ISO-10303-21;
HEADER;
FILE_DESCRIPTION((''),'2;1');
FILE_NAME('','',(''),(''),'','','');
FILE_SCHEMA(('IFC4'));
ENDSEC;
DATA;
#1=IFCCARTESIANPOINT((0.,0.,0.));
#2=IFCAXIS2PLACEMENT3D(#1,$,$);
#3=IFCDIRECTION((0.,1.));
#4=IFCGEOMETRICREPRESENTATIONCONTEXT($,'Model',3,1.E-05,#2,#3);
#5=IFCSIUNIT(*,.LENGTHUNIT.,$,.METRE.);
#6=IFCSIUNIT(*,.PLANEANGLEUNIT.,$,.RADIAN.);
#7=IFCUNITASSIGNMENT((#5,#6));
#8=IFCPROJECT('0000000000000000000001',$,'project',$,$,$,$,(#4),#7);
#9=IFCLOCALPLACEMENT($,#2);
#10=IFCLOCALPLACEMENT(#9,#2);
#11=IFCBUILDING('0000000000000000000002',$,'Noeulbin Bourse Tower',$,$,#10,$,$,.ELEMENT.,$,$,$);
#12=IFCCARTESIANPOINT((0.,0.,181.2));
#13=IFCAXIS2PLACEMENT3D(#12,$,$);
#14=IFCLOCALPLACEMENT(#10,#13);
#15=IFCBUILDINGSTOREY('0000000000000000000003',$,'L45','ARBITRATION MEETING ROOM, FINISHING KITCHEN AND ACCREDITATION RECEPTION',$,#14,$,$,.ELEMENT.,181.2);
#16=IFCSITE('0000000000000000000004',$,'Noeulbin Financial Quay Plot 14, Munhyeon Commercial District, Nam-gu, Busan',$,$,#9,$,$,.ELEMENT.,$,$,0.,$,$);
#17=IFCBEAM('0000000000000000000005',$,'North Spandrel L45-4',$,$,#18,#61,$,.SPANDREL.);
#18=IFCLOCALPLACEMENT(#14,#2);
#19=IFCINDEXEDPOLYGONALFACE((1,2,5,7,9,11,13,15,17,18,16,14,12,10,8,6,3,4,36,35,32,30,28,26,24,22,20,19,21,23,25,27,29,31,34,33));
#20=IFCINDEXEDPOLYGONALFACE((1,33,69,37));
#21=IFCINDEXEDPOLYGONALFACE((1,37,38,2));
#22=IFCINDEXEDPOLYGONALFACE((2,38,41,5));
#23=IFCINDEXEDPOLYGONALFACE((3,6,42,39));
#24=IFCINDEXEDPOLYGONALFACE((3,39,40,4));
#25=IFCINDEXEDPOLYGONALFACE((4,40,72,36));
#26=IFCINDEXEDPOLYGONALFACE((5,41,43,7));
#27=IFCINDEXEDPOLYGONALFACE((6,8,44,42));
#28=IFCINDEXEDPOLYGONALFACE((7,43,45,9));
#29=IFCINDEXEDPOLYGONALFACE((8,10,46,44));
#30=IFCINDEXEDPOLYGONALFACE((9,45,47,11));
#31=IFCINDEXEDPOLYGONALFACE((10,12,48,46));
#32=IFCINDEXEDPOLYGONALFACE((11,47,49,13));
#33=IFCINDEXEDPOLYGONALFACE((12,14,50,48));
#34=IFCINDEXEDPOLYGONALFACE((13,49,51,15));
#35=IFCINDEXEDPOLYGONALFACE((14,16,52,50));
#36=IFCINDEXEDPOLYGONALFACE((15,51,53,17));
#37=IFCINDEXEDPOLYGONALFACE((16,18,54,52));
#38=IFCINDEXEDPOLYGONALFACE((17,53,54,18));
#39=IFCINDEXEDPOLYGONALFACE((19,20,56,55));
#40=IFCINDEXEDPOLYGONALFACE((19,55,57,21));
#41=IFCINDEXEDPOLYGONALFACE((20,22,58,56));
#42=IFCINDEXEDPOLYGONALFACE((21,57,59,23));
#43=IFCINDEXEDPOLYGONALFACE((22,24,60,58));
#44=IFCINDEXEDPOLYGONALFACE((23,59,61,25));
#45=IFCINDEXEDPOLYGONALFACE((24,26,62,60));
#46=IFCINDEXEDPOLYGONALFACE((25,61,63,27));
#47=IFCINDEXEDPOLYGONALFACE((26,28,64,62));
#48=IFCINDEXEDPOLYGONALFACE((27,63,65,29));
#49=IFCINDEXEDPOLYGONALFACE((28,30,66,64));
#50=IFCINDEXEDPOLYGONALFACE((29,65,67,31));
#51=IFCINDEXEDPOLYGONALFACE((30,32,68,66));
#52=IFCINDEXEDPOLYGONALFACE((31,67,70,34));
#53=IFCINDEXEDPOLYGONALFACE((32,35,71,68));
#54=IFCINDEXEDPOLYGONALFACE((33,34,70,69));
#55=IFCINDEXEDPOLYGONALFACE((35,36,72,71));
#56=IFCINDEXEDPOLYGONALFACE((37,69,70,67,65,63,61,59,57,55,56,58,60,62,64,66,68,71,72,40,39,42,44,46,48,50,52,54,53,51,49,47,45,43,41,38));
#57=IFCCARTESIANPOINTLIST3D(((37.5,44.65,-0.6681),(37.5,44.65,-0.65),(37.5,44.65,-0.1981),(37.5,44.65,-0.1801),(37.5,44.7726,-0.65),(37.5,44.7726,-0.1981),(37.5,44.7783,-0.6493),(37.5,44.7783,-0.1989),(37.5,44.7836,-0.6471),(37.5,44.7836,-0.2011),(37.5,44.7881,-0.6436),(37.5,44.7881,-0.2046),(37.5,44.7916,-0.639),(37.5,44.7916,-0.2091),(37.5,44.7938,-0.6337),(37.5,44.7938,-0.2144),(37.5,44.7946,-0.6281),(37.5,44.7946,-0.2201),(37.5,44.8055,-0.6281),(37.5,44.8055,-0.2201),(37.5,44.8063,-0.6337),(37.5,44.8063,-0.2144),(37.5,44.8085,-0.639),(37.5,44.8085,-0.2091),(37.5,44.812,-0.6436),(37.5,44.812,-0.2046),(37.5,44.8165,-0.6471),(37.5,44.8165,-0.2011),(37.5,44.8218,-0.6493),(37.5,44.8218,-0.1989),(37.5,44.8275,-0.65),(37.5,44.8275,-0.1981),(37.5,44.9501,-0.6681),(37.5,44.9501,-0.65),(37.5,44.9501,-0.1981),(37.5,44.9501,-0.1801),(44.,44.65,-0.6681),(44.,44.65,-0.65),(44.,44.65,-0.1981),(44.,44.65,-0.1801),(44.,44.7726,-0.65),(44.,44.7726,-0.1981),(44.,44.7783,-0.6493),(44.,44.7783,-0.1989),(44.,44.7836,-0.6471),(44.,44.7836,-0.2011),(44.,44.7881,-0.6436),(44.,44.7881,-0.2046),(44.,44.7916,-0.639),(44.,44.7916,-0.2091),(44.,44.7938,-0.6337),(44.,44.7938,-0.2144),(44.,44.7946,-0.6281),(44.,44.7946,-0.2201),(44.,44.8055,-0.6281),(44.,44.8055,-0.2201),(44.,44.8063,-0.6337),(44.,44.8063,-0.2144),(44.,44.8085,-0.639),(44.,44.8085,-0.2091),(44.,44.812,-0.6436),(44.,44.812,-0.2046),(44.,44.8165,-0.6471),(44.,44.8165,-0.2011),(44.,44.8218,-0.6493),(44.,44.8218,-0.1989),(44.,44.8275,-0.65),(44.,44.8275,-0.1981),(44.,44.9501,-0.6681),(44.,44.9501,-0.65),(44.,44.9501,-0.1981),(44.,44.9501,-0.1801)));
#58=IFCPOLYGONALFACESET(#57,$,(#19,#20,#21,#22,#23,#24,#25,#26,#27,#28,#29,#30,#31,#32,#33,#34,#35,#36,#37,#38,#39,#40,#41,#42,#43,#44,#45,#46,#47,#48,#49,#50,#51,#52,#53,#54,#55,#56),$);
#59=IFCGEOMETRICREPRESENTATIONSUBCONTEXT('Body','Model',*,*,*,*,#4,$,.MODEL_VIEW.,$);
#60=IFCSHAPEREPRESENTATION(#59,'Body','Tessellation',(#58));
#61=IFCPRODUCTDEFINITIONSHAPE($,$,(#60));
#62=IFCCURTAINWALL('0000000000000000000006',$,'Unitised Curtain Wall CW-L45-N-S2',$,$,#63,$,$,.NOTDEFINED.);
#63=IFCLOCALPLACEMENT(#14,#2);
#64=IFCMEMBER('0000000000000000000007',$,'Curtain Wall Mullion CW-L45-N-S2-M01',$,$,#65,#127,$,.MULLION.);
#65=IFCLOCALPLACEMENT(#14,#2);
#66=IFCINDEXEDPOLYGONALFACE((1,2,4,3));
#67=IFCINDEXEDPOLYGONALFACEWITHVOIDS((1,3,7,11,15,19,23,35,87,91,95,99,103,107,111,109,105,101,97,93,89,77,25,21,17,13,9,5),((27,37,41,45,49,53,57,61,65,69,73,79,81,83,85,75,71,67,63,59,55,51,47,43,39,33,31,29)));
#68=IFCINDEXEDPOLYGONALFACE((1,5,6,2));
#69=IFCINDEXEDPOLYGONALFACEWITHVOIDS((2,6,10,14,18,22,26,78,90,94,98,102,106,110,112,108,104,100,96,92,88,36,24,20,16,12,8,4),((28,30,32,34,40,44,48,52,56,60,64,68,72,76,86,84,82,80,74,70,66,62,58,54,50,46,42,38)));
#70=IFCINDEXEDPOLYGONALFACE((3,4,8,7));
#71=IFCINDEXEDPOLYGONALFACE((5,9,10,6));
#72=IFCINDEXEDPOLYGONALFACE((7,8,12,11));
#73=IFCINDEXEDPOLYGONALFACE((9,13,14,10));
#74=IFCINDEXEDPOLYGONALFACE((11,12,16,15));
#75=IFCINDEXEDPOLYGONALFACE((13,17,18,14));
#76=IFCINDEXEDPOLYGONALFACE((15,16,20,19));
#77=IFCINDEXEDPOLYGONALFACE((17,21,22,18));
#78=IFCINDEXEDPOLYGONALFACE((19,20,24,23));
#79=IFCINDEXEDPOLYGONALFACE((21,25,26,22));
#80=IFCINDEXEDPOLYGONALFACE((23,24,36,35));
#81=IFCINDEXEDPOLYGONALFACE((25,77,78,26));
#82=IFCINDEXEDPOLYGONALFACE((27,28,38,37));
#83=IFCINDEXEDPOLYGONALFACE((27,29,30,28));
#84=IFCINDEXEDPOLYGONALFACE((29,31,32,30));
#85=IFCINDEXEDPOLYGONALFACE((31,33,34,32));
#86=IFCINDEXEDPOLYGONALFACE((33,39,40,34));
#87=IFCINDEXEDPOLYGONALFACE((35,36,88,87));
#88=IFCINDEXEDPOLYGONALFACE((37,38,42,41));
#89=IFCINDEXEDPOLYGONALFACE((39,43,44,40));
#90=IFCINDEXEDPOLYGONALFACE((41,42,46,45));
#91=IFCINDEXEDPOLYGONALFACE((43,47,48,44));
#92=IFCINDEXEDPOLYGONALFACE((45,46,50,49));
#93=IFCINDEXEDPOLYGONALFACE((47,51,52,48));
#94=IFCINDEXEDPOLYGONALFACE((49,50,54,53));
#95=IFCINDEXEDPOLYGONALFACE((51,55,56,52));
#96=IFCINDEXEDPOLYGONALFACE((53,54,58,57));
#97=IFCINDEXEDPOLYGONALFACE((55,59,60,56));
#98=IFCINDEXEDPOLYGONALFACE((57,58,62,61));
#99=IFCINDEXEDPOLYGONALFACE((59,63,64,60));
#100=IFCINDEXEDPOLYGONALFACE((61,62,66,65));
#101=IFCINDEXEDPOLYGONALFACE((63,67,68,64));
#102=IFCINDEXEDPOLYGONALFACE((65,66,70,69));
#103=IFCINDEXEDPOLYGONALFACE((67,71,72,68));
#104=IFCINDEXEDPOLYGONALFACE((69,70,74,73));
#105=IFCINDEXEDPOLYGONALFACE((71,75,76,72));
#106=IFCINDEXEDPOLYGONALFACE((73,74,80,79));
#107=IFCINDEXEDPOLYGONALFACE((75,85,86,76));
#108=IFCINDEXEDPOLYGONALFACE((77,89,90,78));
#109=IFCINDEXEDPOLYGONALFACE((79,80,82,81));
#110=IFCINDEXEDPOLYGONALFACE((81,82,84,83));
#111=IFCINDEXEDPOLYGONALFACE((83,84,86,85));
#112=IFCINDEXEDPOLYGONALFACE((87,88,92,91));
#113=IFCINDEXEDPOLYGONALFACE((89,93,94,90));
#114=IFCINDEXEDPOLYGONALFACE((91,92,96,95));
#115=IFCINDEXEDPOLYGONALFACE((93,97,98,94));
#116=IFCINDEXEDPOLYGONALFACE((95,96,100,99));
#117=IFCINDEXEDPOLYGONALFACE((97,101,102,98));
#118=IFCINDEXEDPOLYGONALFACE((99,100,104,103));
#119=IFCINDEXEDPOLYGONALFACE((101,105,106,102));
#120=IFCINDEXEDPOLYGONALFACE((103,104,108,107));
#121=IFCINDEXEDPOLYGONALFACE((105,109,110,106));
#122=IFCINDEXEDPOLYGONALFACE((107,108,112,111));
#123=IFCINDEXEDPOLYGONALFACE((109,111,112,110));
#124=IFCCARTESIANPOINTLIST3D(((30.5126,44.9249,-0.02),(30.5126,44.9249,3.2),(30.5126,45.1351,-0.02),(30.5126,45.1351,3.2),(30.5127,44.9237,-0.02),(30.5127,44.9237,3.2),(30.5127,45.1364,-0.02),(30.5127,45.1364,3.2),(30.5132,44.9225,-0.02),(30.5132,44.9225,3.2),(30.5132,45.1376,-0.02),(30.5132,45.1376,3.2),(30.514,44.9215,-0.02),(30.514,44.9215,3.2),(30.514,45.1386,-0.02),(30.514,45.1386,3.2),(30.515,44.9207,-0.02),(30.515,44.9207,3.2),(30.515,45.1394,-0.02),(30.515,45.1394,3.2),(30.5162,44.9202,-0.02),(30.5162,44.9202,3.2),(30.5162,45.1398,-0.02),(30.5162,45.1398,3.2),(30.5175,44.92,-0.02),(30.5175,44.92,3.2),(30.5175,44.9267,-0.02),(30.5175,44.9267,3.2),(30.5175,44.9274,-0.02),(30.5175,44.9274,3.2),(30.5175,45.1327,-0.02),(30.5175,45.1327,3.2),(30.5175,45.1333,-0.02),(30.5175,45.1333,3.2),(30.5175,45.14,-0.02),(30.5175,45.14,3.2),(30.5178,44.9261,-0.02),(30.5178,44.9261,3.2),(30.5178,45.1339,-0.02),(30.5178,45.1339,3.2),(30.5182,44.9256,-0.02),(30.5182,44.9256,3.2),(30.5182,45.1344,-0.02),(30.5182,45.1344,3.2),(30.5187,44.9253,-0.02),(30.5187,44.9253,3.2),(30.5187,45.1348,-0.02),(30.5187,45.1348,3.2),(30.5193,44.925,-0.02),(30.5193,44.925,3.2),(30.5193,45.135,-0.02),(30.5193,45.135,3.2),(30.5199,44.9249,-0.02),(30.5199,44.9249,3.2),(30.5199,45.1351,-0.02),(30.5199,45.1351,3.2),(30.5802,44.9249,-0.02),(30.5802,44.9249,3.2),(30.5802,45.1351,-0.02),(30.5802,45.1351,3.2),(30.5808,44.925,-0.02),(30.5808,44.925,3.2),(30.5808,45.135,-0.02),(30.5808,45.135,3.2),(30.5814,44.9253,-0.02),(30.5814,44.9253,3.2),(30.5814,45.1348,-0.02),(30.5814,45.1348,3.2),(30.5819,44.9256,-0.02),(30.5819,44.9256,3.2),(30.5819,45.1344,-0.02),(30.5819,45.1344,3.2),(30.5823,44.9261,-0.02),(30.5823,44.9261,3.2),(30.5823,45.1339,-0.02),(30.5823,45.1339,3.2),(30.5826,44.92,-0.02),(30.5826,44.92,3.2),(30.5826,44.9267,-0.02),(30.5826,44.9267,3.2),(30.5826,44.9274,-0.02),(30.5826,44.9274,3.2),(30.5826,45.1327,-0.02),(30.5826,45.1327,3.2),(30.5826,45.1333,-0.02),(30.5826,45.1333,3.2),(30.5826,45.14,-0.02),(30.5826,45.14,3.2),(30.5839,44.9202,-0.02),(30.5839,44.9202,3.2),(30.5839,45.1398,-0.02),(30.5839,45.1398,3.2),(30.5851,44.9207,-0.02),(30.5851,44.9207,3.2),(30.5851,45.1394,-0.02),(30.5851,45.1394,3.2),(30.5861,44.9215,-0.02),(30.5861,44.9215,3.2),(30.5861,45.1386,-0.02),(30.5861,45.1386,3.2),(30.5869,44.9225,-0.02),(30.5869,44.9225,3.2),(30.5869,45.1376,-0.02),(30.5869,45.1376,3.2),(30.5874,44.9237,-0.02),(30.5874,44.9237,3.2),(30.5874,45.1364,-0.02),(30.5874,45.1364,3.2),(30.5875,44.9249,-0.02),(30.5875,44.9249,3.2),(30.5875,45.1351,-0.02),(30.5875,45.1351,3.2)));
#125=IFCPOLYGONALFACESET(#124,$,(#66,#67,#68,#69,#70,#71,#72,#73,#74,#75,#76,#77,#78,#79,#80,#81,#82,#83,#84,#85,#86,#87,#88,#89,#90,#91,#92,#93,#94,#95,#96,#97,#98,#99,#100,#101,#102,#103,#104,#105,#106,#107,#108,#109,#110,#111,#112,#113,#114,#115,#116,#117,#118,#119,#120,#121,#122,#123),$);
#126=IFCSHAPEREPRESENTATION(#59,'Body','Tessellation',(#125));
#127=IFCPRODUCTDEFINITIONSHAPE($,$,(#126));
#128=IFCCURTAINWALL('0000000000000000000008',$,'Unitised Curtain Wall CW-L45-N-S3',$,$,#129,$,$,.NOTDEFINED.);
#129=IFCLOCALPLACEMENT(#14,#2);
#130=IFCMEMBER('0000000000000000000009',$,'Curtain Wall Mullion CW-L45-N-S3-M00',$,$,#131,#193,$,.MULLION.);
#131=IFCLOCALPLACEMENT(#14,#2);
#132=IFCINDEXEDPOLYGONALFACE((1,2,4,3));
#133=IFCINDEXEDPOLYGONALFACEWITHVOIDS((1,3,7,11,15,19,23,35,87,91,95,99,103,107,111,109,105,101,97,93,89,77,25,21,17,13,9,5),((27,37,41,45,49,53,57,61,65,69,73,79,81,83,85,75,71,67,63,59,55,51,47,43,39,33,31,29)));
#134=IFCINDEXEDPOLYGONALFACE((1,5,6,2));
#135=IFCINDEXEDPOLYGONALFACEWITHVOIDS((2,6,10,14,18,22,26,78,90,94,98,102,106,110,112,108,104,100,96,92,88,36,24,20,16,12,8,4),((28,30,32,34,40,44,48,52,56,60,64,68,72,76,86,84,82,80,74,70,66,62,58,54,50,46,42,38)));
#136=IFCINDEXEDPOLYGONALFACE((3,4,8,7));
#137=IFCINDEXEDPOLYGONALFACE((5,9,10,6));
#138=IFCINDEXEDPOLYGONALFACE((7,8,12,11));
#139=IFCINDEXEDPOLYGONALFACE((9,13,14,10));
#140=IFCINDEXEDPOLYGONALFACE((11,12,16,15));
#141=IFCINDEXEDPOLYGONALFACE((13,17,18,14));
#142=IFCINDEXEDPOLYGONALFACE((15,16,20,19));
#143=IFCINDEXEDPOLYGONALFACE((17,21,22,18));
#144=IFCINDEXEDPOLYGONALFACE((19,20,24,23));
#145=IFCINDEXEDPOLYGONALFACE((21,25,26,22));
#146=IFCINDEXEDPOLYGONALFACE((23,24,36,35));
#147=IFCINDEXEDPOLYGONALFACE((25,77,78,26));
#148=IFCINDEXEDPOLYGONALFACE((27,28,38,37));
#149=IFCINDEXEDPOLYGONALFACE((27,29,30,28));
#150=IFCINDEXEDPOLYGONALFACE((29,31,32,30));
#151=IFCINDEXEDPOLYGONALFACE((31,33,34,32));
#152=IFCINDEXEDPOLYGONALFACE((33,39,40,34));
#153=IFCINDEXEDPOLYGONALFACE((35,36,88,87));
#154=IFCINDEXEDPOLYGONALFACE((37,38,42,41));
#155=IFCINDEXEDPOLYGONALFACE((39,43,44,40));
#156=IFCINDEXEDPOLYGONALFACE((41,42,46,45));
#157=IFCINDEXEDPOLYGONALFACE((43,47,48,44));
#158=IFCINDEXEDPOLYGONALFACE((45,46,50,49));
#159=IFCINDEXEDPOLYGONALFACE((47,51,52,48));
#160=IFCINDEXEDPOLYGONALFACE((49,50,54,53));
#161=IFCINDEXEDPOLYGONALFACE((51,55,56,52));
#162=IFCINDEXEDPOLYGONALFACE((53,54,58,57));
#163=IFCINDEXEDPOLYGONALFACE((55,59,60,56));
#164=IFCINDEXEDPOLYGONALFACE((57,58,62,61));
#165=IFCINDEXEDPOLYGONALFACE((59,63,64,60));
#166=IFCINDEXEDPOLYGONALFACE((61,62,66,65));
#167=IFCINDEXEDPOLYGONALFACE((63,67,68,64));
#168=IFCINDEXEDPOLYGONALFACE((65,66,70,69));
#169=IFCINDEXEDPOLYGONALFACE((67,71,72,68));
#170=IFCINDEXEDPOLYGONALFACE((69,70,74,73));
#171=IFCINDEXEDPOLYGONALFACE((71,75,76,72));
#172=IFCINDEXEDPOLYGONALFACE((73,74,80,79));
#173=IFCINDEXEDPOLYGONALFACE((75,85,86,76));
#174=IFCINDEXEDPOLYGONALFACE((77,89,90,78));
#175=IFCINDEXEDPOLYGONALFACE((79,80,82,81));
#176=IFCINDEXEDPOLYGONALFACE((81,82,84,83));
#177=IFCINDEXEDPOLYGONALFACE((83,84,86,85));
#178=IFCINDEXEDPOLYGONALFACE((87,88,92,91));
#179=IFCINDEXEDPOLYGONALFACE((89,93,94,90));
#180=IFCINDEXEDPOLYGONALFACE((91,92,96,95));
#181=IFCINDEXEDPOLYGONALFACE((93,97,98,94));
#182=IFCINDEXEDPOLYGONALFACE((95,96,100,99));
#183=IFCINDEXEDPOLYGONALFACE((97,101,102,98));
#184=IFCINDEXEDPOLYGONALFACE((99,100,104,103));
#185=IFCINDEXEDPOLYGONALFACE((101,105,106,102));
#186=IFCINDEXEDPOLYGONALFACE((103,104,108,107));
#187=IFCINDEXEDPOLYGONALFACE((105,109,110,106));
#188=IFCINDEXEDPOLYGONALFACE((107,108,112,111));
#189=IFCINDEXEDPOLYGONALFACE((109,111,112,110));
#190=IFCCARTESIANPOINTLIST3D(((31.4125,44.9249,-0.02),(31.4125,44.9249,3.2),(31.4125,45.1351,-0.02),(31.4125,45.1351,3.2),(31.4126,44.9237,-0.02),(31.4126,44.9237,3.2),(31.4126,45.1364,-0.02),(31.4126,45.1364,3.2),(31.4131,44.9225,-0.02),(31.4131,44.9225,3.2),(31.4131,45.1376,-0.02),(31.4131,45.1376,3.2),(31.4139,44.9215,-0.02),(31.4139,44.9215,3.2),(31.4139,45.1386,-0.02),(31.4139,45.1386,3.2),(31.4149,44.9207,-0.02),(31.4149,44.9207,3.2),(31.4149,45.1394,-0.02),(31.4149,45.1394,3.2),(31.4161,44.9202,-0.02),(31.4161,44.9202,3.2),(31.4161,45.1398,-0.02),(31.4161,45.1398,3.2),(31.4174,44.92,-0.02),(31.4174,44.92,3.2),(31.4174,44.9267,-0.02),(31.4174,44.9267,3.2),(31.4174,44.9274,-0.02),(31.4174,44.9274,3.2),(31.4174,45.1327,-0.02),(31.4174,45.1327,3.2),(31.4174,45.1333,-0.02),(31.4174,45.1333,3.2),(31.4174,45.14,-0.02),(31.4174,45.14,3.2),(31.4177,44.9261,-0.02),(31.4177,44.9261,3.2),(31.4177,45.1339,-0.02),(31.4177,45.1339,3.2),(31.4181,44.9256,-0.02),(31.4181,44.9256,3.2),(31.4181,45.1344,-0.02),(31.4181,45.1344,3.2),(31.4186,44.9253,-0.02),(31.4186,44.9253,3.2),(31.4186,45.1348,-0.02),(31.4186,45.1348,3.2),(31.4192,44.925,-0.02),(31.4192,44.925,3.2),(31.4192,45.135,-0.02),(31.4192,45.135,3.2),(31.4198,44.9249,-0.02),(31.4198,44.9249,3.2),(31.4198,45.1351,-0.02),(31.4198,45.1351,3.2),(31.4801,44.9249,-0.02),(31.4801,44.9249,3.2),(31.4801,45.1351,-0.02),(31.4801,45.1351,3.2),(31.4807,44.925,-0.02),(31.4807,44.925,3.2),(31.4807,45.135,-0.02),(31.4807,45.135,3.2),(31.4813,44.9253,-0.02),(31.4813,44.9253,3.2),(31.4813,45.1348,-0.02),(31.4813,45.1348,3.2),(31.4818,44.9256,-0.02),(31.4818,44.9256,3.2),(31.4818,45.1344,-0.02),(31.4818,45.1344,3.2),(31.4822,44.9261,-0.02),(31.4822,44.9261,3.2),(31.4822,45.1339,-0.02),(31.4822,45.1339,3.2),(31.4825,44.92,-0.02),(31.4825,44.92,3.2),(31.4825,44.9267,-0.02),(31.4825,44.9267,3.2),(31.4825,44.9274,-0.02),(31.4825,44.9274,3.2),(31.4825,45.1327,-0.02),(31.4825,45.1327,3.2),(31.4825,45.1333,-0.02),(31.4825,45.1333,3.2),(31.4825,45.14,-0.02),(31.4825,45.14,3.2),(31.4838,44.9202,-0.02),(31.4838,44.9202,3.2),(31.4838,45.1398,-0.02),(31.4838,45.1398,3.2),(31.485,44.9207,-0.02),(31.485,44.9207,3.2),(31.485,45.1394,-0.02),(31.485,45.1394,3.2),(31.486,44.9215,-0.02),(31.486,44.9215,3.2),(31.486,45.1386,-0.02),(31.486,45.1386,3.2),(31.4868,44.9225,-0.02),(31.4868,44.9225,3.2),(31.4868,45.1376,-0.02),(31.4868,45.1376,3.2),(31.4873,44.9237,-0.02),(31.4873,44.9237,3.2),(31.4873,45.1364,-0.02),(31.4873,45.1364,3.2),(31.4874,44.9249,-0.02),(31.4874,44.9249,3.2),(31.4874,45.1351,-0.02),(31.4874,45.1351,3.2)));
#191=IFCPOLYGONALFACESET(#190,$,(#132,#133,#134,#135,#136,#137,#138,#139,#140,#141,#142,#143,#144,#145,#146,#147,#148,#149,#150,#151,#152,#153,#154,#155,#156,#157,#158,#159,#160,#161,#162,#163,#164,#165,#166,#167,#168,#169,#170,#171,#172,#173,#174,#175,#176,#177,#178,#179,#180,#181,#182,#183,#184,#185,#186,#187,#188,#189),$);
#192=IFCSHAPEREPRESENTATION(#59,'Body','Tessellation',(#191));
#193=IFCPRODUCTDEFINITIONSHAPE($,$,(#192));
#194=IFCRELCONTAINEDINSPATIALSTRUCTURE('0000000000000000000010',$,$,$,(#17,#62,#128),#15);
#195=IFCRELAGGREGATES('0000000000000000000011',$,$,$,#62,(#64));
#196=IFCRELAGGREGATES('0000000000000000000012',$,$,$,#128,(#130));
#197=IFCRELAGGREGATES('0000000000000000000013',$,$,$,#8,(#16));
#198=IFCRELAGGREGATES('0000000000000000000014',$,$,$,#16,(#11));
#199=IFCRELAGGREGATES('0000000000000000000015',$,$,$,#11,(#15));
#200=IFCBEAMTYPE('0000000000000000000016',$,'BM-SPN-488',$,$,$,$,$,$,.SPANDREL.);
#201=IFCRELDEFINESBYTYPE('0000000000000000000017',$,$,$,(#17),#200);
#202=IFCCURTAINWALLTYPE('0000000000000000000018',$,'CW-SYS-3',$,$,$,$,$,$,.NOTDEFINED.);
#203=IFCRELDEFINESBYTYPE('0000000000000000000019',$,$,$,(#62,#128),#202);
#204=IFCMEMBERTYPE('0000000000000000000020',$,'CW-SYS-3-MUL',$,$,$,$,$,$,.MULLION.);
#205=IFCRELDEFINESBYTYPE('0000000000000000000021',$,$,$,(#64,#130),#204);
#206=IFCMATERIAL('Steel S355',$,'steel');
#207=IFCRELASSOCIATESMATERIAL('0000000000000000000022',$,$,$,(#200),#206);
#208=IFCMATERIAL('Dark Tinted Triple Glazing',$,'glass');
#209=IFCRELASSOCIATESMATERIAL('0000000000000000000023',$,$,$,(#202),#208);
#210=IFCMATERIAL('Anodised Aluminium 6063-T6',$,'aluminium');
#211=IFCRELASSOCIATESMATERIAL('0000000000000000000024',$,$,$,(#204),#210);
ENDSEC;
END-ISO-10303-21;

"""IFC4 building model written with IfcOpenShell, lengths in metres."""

from ifc_helpers import new_model, si_unit, direction, frame, origin, origin_2d, place, context, subcontext, project, spatial, hollow_rectangle, i_section, extrude, material, material_profile, profile_set, type_object, element, aggregate, save


model = new_model("IFC4")

# Units and contexts
model_context = context("Model", 3, precision=1e-05, world=origin(), true_north=direction((0.0, 1.0)))
body_context = subcontext(model_context, "Body", "Model", "MODEL_VIEW")
ifc_project = project(units=[si_unit("LENGTHUNIT", "METRE"), si_unit("PLANEANGLEUNIT", "RADIAN")], contexts=[model_context])

# Site, building, storey
site_placement = place(None, origin())
site = spatial("IfcSite", under=ifc_project, at=site_placement, Name="Noeulbin Financial Quay Plot 14, Munhyeon Commercial District, Nam-gu, Busan", CompositionType="ELEMENT", RefElevation=0.0)
building_placement = place(site_placement, origin())
building = spatial("IfcBuilding", under=site, at=building_placement, Name="Noeulbin Bourse Tower", CompositionType="ELEMENT")
storey_placement = place(building_placement, frame((0.0, 0.0, 181.2)))
storey = spatial("IfcBuildingStorey", under=building, at=storey_placement, Name="L45", Description="ARBITRATION MEETING ROOM, FINISHING KITCHEN AND ACCREDITATION RECEPTION", CompositionType="ELEMENT", Elevation=181.2)

# Shared definitions
ifc_material_1 = material(Name="Steel S355", Category="steel")

# Beam
ifc_material_profile_1 = material_profile(ifc_material_1, i_section(OverallWidth=0.3, OverallDepth=0.488, WebThickness=0.011, FlangeThickness=0.0181, FilletRadius=0.022, at=origin_2d()), Name="H-488x300x11x18", Category="LoadBearing")
ifc_profile_set_1 = profile_set([ifc_material_profile_1], Name="Steel S355")
beam_type_1 = type_object("IfcBeamType", Name="BM-SPN-488", PredefinedType="SPANDREL", material=ifc_profile_set_1)
for number, where, z_axis, x_axis, name in (
    (1, (37.5, 44.8, -0.4241), (1.0, 0.0, 0.0), (0.0, 1.0, 0.0), "North Spandrel L45-4"),
):
    element("IfcBeam", number, at=place(storey_placement, frame(where, z_axis=z_axis, x_axis=x_axis)), inside=storey, type_object=beam_type_1, Name=name, PredefinedType="SPANDREL", context=body_context, shape_type="SweptSolid", body=[
        extrude(i_section(OverallWidth=0.3, OverallDepth=0.488, WebThickness=0.011, FlangeThickness=0.0181, FilletRadius=0.022, at=origin_2d()), origin(), (0.0, 0.0, 1.0), 6.5),
    ])

# Curtain wall, member
ifc_material_2 = material(Name="Dark Tinted Triple Glazing", Category="glass")
curtain_wall_type = type_object("IfcCurtainWallType", Name="CW-SYS-3", PredefinedType="NOTDEFINED", material=ifc_material_2)
curtain_wall_1_placement = place(storey_placement, origin())
curtain_wall_1 = element("IfcCurtainWall", 2, at=curtain_wall_1_placement, inside=storey, type_object=curtain_wall_type, Name="Unitised Curtain Wall CW-L45-N-S2", PredefinedType="NOTDEFINED")
ifc_material_3 = material(Name="Anodised Aluminium 6063-T6", Category="aluminium")
ifc_material_profile_2 = material_profile(ifc_material_3, hollow_rectangle(XDim=0.075, YDim=0.22, WallThickness=0.0049, InnerFilletRadius=0.0024, OuterFilletRadius=0.0049, at=origin_2d()), Name="ALU-MULL-75x220x5", Category="LoadBearing")
ifc_profile_set_2 = profile_set([ifc_material_profile_2], Name="Anodised Aluminium 6063-T6")
member_type_1 = type_object("IfcMemberType", Name="CW-SYS-3-MUL", PredefinedType="MULLION", material=ifc_profile_set_2)
member_1_placement = place(storey_placement, frame((30.55, 45.03, -0.02), z_axis=(0.0, 0.0, 1.0), x_axis=(1.0, 0.0, 0.0)))
member_1 = element("IfcMember", 3, at=member_1_placement, type_object=member_type_1, Name="Curtain Wall Mullion CW-L45-N-S2-M01", PredefinedType="MULLION", context=body_context, shape_type="SweptSolid", body=[
    extrude(hollow_rectangle(XDim=0.075, YDim=0.22, WallThickness=0.0049, InnerFilletRadius=0.0024, OuterFilletRadius=0.0049, at=origin_2d()), origin(), (0.0, 0.0, 1.0), 3.22),
])
aggregate(curtain_wall_1, [member_1])

# Curtain wall, member
curtain_wall_2_placement = place(storey_placement, origin())
curtain_wall_2 = element("IfcCurtainWall", 4, at=curtain_wall_2_placement, inside=storey, type_object=curtain_wall_type, Name="Unitised Curtain Wall CW-L45-N-S3", PredefinedType="NOTDEFINED")
member_2_placement = place(storey_placement, frame((31.45, 45.03, -0.02), z_axis=(0.0, 0.0, 1.0), x_axis=(1.0, 0.0, 0.0)))
member_2 = element("IfcMember", 5, at=member_2_placement, type_object=member_type_1, Name="Curtain Wall Mullion CW-L45-N-S3-M00", PredefinedType="MULLION", context=body_context, shape_type="SweptSolid", body=[
    extrude(hollow_rectangle(XDim=0.075, YDim=0.22, WallThickness=0.0049, InnerFilletRadius=0.0024, OuterFilletRadius=0.0049, at=origin_2d()), origin(), (0.0, 0.0, 1.0), 3.22),
])

aggregate(curtain_wall_2, [member_2])

save(model, "model.ifc")
